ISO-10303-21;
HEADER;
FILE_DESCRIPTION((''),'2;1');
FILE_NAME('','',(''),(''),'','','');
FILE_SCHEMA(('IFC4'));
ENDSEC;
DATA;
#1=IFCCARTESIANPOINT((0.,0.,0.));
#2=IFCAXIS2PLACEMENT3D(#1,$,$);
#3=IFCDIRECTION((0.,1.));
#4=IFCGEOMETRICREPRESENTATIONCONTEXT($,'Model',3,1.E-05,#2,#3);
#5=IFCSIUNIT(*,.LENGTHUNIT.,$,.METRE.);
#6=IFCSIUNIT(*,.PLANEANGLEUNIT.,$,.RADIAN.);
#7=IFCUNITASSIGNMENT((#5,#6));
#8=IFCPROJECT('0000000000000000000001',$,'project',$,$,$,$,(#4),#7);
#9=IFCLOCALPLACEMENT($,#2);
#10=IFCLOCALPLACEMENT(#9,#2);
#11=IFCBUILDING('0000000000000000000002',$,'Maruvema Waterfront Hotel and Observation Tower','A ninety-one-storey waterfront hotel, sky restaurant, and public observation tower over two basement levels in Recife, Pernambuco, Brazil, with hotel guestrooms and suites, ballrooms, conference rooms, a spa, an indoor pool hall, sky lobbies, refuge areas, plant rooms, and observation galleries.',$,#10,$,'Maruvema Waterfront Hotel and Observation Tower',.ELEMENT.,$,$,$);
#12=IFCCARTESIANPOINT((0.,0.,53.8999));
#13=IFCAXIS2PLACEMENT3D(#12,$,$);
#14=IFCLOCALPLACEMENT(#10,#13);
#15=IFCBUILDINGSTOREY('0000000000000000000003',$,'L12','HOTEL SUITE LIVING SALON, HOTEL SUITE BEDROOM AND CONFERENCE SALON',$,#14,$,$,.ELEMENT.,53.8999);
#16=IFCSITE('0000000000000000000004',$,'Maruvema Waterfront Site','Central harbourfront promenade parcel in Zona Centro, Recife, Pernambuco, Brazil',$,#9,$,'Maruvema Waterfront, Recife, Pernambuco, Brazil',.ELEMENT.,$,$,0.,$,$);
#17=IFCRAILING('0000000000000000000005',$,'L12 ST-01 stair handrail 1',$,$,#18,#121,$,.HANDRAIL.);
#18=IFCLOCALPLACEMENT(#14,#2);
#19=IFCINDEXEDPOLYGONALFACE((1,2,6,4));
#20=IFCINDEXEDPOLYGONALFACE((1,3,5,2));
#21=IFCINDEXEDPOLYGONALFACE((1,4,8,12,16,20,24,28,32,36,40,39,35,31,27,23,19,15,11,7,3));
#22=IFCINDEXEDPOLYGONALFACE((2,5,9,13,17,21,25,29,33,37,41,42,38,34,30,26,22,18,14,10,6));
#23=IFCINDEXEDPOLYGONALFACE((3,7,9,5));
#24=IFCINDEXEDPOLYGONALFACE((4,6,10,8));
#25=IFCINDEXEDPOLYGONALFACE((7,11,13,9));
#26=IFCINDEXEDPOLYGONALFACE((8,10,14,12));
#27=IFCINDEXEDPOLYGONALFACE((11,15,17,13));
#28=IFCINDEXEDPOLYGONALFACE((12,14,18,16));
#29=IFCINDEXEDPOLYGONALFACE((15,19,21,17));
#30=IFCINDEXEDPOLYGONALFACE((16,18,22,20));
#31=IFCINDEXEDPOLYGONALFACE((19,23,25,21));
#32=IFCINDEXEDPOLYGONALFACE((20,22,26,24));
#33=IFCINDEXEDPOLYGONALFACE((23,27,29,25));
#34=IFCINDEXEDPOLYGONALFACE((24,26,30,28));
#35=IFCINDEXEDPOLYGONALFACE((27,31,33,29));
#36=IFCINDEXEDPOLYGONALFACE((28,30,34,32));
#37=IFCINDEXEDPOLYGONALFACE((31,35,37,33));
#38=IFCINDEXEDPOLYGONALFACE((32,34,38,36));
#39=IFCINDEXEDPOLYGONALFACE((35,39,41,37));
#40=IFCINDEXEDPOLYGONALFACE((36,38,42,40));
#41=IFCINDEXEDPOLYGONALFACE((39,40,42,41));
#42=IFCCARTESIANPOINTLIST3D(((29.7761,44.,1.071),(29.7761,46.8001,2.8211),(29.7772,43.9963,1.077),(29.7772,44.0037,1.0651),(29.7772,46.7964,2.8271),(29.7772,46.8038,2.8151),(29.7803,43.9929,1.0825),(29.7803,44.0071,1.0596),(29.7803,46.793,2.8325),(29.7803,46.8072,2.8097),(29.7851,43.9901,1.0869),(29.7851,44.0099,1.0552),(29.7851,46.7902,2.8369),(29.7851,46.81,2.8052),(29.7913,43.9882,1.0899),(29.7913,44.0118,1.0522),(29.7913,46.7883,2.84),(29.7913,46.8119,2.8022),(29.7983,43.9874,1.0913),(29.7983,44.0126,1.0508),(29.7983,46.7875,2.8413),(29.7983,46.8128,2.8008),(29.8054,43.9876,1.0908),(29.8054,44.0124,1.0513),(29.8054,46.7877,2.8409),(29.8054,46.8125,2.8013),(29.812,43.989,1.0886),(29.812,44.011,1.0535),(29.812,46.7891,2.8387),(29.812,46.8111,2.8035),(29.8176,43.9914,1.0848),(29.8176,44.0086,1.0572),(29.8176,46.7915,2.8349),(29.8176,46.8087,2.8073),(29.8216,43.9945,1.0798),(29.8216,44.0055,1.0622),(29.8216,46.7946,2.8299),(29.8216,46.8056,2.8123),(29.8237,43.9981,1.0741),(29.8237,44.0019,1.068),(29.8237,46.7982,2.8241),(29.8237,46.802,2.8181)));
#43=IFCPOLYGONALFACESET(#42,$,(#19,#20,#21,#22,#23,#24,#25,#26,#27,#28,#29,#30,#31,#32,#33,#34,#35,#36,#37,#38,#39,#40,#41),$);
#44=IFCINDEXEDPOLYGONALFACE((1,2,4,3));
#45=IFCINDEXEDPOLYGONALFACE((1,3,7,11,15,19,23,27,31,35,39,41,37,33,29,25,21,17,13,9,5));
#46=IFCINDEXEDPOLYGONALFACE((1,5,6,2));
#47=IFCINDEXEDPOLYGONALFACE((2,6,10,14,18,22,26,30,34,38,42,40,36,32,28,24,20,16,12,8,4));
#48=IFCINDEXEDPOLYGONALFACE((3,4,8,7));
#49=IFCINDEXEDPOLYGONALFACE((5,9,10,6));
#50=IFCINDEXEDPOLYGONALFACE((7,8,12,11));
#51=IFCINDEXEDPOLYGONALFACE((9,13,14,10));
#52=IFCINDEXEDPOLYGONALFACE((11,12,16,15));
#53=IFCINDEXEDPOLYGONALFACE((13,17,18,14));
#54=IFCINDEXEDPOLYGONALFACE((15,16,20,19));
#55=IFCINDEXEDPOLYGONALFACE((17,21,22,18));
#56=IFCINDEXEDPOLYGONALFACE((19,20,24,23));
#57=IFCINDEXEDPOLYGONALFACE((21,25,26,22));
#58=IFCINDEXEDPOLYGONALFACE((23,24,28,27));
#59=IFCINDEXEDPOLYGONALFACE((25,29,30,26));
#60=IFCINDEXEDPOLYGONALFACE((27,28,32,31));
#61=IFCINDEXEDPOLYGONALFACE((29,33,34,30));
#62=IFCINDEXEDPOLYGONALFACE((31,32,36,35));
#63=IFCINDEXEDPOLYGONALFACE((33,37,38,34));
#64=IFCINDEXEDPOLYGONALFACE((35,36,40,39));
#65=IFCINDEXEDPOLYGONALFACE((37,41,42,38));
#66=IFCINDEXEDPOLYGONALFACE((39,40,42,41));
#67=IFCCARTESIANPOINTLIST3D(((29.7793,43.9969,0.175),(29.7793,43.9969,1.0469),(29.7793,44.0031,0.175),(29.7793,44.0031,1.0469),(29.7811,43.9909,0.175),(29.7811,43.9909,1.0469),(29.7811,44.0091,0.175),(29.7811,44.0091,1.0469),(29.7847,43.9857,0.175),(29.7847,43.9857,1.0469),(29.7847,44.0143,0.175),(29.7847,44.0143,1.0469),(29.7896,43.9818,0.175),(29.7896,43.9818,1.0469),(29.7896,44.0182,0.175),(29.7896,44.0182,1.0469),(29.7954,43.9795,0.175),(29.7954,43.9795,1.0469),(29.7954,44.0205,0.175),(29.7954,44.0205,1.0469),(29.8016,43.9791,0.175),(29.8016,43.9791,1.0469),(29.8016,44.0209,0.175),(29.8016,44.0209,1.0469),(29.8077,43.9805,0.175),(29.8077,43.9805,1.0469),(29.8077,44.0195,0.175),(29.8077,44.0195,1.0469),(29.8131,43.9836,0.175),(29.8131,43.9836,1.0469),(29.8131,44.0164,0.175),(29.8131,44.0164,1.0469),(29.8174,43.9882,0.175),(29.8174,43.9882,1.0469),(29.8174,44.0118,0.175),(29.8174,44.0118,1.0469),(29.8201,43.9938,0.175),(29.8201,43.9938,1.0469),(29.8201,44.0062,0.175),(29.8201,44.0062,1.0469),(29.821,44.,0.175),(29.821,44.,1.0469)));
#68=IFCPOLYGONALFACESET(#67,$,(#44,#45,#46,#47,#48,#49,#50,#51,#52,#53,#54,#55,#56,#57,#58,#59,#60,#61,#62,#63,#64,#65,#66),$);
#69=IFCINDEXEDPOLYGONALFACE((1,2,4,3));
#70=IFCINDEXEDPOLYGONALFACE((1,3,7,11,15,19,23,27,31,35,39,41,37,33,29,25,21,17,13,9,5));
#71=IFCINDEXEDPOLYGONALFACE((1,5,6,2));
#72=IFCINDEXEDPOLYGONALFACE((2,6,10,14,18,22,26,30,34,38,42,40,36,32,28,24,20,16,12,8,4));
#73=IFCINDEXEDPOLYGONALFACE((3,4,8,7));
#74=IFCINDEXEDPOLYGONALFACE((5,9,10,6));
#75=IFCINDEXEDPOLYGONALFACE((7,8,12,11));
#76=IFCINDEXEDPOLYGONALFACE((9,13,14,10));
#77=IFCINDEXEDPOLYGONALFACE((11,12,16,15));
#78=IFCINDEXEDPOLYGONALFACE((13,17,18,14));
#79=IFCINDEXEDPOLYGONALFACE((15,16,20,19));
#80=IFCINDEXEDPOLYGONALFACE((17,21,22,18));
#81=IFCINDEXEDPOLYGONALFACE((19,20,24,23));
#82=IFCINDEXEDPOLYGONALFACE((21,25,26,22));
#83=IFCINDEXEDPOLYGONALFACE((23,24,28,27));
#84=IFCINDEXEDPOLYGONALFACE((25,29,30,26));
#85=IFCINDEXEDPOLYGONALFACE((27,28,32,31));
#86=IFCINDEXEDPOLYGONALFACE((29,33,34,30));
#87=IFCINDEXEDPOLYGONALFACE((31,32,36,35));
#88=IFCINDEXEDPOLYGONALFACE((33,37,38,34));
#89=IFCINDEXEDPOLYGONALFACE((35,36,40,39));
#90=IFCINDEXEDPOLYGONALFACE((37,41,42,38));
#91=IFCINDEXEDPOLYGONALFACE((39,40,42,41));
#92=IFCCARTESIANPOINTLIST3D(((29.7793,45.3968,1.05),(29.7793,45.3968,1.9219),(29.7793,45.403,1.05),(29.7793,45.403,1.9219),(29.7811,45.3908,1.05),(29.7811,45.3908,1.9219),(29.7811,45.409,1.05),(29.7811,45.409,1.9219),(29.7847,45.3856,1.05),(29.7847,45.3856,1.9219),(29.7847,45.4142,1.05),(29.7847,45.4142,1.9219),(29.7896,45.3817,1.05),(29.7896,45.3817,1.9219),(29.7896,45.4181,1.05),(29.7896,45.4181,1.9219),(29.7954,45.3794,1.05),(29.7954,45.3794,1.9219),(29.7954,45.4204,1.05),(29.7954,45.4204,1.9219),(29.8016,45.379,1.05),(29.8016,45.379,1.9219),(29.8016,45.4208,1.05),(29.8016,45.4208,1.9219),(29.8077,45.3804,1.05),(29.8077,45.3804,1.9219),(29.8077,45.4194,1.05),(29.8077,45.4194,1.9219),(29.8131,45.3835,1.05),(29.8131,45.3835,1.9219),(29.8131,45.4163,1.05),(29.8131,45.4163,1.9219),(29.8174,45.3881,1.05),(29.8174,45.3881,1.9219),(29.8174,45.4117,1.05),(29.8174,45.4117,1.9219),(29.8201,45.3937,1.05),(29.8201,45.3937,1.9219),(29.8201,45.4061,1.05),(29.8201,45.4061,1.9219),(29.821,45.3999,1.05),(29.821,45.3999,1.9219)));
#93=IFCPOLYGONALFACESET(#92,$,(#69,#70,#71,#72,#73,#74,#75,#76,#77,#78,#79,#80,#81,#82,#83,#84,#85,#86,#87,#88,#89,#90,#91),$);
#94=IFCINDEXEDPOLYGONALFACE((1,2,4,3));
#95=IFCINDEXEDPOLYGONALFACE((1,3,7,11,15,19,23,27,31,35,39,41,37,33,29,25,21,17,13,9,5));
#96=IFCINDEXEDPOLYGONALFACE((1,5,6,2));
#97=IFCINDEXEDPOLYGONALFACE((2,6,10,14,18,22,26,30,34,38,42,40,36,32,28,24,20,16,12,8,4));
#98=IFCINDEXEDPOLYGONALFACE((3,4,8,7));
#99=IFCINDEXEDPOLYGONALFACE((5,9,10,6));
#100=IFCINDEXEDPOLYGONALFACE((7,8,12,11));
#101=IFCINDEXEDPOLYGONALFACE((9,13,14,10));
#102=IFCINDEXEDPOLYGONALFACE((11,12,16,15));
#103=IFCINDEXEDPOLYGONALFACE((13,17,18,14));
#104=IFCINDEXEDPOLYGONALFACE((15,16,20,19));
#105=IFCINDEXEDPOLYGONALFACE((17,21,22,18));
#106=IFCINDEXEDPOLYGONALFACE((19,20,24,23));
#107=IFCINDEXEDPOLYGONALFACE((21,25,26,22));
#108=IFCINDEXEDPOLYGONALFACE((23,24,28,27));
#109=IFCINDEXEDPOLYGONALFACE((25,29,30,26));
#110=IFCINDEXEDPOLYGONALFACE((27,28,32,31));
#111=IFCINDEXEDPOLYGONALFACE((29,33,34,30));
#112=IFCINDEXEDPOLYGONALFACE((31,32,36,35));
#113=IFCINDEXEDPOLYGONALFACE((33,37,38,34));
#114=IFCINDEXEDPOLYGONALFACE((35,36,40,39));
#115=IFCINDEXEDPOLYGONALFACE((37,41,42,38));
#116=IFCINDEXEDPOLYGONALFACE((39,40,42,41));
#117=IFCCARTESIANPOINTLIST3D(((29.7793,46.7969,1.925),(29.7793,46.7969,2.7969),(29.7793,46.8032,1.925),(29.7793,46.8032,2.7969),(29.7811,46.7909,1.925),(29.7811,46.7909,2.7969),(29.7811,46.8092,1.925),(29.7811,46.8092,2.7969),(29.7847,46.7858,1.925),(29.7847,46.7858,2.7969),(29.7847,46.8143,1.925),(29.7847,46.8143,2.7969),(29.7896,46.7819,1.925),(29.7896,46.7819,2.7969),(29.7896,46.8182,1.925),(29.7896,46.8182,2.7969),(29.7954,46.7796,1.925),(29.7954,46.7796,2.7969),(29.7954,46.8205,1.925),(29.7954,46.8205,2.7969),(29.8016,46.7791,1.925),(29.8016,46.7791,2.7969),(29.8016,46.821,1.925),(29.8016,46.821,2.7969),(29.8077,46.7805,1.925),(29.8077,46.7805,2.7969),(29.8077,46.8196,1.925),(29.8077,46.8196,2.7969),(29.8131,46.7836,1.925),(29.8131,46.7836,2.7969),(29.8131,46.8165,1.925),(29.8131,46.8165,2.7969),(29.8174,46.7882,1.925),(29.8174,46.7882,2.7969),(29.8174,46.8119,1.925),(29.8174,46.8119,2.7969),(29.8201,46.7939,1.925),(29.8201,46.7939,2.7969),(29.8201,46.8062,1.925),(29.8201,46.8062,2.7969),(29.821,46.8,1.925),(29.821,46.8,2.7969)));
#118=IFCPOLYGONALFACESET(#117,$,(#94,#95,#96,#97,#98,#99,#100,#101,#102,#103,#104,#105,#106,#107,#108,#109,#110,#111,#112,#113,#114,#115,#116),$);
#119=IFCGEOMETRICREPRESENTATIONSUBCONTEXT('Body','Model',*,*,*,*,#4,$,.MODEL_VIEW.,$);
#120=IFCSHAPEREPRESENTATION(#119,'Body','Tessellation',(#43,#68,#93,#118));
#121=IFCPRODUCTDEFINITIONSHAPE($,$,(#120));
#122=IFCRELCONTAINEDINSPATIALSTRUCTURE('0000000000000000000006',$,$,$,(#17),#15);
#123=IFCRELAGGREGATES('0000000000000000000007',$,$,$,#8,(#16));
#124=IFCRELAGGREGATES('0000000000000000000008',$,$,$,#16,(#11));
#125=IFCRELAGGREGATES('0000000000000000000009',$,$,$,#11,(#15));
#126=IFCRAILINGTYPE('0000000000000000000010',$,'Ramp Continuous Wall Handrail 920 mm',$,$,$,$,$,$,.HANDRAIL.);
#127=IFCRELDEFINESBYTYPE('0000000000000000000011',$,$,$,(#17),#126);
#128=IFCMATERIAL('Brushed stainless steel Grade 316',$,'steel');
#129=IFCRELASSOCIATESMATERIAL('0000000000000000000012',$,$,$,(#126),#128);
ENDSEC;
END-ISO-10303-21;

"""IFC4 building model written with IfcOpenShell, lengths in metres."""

from ifc_helpers import new_model, si_unit, direction, frame, origin, origin_2d, place, context, subcontext, project, spatial, circle, extrude, material, type_object, element, save


model = new_model("IFC4")

# Units and contexts
model_context = context("Model", 3, precision=1e-05, world=origin(), true_north=direction((0.0, 1.0)))
body_context = subcontext(model_context, "Body", "Model", "MODEL_VIEW")
ifc_project = project(units=[si_unit("LENGTHUNIT", "METRE"), si_unit("PLANEANGLEUNIT", "RADIAN")], contexts=[model_context])

# Site, building, storey
site_placement = place(None, origin())
site = spatial("IfcSite", under=ifc_project, at=site_placement, Name="Maruvema Waterfront Site", Description="Central harbourfront promenade parcel in Zona Centro, Recife, Pernambuco, Brazil", LongName="Maruvema Waterfront, Recife, Pernambuco, Brazil", CompositionType="ELEMENT", RefElevation=0.0)
building_placement = place(site_placement, origin())
building = spatial("IfcBuilding", under=site, at=building_placement, Name="Maruvema Waterfront Hotel and Observation Tower", Description="A ninety-one-storey waterfront hotel, sky restaurant, and public observation tower over two basement levels in Recife, Pernambuco, Brazil, with hotel guestrooms and suites, ballrooms, conference rooms, a spa, an indoor pool hall, sky lobbies, refuge areas, plant rooms, and observation galleries.", LongName="Maruvema Waterfront Hotel and Observation Tower", CompositionType="ELEMENT")
storey_placement = place(building_placement, frame((0.0, 0.0, 53.8999)))
storey = spatial("IfcBuildingStorey", under=building, at=storey_placement, Name="L12", Description="HOTEL SUITE LIVING SALON, HOTEL SUITE BEDROOM AND CONFERENCE SALON", CompositionType="ELEMENT", Elevation=53.8999)

# Railing
ifc_material_1 = material(Name="Brushed stainless steel Grade 316", Category="steel")
railing_type_1 = type_object("IfcRailingType", Name="Ramp Continuous Wall Handrail 920 mm", PredefinedType="HANDRAIL", material=ifc_material_1)
railing_1_placement = place(storey_placement, frame((29.8, 44.0, 0.175)))
element("IfcRailing", 1, at=railing_1_placement, inside=storey, type_object=railing_type_1, Name="L12 ST-01 stair handrail 1", PredefinedType="HANDRAIL", context=body_context, shape_type="SweptSolid", body=[
    extrude(circle(Radius=0.0239, at=origin_2d()), frame((0.0, 0.0, 0.896), z_axis=(0.0, 0.848002, 0.529992), x_axis=(-1.0, 0.0, 0.0)), (0.0, 0.0, 1.0), 3.302),
    extrude(circle(Radius=0.021, at=origin_2d()), origin(), (0.0, 0.0, 1.0), 0.8718),
    extrude(circle(Radius=0.021, at=origin_2d()), frame((0.0, 1.3999, 0.875)), (0.0, 0.0, 1.0), 0.8718),
    extrude(circle(Radius=0.021, at=origin_2d()), frame((0.0, 2.8, 1.75)), (0.0, 0.0, 1.0), 0.8718),
])

save(model, "model.ifc")
